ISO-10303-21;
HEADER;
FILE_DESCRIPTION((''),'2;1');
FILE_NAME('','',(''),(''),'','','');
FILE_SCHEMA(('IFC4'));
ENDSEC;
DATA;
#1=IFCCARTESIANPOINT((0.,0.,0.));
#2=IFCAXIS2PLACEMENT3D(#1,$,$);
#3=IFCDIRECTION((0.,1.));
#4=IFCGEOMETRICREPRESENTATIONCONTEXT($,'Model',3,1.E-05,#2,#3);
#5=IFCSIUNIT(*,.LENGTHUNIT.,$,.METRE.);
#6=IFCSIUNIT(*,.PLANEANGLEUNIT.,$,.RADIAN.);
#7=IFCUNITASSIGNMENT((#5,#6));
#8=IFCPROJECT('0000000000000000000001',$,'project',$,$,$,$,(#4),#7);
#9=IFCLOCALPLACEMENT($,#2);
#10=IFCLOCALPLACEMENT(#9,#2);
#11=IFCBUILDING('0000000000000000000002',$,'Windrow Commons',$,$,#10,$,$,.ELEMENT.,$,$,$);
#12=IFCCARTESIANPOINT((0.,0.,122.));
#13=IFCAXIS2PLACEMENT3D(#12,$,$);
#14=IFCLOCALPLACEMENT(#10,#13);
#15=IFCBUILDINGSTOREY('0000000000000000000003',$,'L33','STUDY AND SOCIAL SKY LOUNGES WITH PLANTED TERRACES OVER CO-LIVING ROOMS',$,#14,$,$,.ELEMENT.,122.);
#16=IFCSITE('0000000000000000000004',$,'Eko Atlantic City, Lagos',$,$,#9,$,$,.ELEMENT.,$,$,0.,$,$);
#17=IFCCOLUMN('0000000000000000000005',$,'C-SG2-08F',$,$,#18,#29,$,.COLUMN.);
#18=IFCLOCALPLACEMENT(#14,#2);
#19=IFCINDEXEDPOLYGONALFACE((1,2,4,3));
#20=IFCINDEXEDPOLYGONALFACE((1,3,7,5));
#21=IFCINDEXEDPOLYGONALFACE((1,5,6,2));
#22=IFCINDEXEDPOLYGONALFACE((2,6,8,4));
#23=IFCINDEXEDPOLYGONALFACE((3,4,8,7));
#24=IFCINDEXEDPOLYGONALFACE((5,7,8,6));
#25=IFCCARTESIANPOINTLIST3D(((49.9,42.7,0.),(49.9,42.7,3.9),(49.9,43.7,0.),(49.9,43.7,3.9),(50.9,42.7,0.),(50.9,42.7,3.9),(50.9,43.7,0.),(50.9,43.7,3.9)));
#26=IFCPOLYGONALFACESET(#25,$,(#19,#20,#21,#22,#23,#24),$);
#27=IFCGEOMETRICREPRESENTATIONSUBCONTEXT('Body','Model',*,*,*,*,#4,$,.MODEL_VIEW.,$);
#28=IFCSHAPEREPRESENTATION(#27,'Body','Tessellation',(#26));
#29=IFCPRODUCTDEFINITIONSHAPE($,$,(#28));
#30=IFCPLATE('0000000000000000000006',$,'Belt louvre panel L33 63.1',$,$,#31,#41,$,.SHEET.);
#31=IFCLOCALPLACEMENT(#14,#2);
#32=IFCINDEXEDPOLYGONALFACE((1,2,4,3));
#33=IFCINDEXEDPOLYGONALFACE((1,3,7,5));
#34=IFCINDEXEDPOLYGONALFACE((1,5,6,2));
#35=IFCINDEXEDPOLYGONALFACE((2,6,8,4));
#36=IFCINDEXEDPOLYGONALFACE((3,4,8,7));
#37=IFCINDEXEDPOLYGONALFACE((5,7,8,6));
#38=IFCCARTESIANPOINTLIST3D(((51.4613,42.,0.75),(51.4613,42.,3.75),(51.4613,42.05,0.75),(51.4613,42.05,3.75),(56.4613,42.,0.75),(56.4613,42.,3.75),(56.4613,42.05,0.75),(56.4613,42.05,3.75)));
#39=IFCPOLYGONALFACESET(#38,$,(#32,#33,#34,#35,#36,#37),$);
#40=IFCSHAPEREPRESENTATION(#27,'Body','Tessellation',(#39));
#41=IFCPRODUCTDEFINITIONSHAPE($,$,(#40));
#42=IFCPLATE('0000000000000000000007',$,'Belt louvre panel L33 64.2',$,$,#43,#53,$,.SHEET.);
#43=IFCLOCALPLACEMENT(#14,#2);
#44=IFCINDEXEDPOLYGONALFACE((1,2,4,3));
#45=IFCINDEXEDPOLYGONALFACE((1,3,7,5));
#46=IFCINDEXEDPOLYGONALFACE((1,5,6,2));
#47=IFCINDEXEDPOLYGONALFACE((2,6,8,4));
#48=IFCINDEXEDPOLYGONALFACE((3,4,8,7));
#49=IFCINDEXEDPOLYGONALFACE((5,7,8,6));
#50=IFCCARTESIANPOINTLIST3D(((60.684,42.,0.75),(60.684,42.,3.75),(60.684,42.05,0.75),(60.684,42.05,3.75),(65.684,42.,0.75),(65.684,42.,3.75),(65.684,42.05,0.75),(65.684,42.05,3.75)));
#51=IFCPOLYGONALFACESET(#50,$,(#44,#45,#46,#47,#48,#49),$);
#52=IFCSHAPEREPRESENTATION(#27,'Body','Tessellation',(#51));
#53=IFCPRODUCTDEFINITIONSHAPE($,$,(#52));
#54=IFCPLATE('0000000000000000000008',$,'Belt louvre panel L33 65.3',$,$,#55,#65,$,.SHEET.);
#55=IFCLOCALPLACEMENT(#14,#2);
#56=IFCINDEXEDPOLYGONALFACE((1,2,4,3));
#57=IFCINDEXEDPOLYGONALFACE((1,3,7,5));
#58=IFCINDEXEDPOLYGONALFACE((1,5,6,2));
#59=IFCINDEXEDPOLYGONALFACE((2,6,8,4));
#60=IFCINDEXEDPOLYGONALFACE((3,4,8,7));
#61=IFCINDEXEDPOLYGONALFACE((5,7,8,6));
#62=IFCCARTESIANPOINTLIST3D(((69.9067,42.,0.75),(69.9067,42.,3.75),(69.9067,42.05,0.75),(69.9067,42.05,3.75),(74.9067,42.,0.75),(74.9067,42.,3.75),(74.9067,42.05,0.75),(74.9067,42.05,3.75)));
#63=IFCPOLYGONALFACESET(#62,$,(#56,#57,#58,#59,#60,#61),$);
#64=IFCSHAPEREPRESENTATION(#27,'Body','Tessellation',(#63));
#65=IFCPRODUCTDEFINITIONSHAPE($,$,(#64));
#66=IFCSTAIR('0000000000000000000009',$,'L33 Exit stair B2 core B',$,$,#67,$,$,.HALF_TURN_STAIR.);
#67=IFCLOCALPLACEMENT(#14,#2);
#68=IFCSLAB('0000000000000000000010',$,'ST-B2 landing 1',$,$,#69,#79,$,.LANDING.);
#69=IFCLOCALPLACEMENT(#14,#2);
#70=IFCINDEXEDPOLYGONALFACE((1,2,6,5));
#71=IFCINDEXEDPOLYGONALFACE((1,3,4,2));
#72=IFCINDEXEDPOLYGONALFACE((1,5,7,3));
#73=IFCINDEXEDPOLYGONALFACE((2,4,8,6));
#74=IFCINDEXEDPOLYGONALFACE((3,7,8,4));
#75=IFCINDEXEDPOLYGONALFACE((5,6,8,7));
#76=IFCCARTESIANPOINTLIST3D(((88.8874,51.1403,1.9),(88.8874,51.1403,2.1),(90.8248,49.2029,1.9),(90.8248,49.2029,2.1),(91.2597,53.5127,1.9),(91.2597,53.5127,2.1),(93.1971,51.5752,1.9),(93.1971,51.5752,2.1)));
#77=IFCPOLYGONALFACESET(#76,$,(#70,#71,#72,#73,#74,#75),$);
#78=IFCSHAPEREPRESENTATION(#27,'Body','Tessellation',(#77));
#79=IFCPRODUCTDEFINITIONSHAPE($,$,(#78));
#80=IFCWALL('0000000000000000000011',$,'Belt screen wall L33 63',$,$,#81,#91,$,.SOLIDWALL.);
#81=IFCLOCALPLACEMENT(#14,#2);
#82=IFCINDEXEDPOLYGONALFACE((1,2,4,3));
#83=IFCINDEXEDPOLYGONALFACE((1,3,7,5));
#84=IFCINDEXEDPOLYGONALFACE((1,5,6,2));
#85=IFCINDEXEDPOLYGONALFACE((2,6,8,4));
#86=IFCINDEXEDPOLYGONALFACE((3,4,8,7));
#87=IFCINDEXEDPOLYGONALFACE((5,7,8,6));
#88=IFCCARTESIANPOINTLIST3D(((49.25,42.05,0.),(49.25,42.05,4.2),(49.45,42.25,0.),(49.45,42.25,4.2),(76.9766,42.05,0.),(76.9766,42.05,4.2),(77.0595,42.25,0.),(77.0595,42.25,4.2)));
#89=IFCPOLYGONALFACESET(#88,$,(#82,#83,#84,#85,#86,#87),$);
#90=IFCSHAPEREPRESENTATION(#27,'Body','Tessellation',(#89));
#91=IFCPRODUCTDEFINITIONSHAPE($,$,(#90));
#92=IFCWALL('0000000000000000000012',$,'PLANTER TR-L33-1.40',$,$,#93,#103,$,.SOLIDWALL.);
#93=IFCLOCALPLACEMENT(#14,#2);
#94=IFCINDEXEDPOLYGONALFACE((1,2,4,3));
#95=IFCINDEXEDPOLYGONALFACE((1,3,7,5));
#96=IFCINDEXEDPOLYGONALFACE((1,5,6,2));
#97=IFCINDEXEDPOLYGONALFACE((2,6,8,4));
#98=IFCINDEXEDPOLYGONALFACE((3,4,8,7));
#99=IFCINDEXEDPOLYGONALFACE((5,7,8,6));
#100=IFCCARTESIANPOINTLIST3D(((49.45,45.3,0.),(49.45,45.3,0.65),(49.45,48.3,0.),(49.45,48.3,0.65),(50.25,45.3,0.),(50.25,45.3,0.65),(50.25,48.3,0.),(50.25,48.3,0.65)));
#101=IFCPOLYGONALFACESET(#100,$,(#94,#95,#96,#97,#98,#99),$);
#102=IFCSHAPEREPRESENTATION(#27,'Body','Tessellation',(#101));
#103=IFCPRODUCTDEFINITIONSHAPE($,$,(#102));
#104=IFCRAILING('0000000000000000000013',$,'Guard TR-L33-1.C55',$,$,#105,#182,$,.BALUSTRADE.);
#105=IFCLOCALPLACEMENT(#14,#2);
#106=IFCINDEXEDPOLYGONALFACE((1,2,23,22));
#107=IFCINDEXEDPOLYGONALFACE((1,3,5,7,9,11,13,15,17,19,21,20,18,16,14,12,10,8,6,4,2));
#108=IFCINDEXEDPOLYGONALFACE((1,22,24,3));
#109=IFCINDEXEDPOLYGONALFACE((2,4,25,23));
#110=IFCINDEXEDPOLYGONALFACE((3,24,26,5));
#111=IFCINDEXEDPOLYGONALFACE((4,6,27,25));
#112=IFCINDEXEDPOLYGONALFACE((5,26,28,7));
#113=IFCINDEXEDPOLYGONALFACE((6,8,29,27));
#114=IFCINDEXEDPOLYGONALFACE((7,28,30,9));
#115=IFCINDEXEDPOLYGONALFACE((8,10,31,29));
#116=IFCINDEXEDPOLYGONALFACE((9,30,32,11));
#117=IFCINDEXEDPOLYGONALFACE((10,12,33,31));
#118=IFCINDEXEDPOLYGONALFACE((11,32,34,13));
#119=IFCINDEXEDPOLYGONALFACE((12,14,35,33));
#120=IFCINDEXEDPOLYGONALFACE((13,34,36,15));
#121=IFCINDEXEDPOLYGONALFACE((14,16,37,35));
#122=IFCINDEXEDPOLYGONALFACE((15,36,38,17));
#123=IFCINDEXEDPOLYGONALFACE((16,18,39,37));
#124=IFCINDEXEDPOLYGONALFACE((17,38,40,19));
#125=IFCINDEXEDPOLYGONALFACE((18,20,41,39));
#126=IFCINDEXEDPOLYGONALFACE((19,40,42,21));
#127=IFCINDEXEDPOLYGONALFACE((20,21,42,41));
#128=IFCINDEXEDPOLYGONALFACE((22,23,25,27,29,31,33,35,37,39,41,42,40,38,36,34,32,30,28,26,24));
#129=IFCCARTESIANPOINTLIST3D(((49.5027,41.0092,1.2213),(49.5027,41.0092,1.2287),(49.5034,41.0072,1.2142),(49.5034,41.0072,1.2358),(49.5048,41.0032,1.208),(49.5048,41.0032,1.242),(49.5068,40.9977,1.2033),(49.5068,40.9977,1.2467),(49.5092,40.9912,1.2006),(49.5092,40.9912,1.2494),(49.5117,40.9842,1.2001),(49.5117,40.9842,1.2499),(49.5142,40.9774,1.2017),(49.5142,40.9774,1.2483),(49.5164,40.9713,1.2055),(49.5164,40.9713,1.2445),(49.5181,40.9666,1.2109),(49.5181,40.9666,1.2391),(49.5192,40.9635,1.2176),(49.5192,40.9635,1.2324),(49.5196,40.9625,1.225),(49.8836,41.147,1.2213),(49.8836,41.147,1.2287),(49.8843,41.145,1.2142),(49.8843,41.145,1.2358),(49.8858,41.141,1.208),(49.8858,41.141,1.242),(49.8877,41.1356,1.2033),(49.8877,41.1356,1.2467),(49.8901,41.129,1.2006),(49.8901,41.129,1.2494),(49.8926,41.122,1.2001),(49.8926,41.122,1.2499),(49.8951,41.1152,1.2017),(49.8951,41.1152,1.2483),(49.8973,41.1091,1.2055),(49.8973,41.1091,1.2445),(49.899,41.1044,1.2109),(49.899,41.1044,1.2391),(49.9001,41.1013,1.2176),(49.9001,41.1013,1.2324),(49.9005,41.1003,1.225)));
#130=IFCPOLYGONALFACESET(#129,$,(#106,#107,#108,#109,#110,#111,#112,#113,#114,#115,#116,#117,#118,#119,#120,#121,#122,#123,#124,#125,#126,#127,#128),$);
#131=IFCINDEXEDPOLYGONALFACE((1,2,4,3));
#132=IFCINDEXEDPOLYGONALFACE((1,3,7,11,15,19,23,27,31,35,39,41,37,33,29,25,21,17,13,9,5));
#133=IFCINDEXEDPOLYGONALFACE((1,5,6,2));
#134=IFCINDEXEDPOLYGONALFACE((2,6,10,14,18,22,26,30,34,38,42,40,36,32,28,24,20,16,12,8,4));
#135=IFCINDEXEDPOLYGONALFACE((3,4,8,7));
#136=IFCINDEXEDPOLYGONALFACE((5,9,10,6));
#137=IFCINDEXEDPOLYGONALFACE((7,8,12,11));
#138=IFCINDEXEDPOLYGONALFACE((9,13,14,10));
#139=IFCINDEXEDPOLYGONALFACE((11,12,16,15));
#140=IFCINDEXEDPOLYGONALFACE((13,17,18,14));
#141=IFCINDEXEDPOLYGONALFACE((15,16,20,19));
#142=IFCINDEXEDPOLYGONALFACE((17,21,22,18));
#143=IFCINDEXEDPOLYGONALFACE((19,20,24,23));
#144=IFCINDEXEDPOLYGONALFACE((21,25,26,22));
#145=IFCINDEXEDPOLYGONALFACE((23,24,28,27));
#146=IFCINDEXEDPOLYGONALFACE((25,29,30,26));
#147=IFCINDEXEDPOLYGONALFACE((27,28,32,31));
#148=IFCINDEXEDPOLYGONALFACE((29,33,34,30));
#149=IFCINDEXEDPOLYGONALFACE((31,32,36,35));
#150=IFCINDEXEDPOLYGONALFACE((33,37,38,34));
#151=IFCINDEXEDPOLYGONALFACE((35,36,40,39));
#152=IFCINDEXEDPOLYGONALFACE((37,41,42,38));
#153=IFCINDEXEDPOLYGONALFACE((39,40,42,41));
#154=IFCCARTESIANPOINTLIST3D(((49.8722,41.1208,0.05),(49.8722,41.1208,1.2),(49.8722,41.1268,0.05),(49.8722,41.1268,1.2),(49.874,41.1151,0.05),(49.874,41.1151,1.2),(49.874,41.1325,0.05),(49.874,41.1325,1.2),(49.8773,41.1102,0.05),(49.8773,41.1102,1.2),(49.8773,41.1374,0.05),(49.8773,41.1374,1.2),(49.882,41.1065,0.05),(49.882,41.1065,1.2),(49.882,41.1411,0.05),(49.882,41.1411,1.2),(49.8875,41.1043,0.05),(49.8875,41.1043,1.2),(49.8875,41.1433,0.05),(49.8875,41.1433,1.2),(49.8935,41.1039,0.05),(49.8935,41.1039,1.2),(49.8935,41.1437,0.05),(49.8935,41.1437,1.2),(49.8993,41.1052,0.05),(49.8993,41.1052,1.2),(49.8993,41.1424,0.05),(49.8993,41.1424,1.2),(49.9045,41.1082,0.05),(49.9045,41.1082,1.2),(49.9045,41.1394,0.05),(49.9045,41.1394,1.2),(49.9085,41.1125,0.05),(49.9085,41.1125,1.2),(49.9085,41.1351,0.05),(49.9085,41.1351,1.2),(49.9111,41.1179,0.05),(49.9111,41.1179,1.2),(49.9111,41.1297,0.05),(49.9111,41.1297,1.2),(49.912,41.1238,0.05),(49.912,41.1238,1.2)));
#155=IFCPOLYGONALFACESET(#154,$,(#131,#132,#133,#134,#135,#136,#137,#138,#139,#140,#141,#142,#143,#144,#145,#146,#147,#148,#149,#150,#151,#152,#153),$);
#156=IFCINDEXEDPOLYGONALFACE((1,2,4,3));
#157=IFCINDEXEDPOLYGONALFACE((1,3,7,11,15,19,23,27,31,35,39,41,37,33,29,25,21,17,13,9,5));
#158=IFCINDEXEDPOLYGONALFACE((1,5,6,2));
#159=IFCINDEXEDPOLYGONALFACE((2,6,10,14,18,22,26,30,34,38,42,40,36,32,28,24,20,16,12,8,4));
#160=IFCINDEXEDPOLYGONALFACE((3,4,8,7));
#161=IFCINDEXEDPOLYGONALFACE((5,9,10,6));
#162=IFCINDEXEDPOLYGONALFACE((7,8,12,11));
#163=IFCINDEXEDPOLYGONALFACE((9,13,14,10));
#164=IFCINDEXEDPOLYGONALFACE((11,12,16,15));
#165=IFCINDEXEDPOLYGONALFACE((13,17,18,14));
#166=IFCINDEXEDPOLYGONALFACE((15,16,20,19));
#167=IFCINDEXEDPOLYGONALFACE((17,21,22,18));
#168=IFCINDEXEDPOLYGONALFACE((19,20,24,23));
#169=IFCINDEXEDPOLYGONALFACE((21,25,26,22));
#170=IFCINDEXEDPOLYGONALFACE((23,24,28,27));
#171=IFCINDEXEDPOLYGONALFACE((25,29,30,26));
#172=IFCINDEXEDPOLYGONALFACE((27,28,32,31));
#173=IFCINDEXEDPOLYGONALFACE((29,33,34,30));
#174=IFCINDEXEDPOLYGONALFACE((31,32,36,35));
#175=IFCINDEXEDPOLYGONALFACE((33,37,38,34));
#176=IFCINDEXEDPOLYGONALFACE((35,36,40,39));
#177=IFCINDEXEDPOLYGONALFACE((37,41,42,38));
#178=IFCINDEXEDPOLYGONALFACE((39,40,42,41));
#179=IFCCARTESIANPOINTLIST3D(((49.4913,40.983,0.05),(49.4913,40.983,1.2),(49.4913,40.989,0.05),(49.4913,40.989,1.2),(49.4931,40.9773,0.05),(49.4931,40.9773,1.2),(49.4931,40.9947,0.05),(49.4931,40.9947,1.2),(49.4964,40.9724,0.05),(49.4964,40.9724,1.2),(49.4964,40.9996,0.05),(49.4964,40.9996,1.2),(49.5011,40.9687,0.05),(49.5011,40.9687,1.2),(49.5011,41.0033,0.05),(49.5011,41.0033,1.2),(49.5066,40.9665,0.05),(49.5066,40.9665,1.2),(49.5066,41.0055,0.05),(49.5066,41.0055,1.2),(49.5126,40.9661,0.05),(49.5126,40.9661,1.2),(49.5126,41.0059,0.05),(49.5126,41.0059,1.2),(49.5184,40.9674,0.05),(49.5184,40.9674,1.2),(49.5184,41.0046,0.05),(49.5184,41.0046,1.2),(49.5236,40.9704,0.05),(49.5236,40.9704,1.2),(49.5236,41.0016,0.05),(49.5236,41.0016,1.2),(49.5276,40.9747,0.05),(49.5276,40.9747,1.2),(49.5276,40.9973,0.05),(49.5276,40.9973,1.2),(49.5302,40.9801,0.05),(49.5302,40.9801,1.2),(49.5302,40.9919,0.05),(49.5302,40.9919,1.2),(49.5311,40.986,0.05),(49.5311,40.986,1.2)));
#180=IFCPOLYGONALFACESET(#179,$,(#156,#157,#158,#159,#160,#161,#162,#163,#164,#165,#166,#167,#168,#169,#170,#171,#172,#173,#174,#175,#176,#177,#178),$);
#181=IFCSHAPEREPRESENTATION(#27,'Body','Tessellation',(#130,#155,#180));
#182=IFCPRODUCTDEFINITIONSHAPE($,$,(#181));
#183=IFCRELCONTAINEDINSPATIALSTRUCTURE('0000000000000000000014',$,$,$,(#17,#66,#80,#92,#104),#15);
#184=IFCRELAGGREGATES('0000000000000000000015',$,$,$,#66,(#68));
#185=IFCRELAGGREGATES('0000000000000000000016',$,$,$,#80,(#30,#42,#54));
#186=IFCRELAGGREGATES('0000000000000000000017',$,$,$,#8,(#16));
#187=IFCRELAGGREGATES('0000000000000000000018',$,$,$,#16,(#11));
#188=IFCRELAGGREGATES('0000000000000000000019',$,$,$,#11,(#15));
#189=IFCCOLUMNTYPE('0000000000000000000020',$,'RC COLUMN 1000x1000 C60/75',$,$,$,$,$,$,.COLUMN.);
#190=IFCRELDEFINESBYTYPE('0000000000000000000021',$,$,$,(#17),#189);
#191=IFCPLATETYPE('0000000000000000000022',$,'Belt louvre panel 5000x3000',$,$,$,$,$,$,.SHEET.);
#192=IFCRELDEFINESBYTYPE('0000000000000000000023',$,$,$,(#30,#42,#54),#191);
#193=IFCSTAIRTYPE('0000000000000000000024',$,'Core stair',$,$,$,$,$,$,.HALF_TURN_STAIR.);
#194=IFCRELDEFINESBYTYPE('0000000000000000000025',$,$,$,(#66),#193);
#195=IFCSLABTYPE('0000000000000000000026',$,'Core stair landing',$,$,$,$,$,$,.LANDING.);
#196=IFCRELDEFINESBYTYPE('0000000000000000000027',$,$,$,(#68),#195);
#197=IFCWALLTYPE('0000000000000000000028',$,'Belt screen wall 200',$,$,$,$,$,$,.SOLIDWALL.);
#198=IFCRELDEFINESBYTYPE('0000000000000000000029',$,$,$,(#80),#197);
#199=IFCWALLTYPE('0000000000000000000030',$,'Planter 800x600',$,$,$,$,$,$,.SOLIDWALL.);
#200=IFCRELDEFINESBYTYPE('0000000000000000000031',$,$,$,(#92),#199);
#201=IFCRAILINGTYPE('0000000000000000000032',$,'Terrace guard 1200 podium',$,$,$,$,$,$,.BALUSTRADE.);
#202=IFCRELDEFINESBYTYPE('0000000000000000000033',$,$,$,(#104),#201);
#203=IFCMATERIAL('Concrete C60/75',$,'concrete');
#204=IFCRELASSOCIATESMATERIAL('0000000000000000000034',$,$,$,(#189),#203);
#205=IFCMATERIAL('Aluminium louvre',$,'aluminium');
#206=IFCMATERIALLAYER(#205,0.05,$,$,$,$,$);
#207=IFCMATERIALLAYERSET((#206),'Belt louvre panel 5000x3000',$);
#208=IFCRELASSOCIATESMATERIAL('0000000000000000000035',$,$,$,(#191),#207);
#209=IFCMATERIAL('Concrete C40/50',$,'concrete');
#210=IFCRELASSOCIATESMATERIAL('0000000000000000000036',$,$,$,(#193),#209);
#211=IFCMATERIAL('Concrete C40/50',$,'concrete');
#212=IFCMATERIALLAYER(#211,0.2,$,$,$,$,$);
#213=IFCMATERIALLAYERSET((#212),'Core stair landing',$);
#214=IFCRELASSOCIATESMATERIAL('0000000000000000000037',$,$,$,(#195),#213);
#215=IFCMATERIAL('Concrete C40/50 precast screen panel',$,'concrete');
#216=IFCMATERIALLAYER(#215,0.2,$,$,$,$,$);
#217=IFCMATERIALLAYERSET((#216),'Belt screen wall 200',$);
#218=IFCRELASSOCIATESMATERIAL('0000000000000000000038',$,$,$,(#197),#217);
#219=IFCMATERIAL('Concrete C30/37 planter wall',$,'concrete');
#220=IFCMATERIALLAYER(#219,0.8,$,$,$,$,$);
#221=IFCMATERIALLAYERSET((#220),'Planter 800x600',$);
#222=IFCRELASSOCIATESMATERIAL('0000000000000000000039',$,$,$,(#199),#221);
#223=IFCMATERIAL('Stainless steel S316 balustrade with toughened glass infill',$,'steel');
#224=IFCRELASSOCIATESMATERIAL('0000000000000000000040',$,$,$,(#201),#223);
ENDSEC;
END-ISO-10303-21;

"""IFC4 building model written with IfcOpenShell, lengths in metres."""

from ifc_helpers import new_model, si_unit, direction, frame, frame_2d, origin, origin_2d, place, context, subcontext, project, spatial, polyline, rectangle, circle, outline, extrude, material, layer, layer_set, material_profile, profile_set, type_object, element, aggregate, save


model = new_model("IFC4")

# Units and contexts
model_context = context("Model", 3, precision=1e-05, world=origin(), true_north=direction((0.0, 1.0)))
body_context = subcontext(model_context, "Body", "Model", "MODEL_VIEW")
ifc_project = project(units=[si_unit("LENGTHUNIT", "METRE"), si_unit("PLANEANGLEUNIT", "RADIAN")], contexts=[model_context])

# Site, building, storey
site_placement = place(None, origin())
site = spatial("IfcSite", under=ifc_project, at=site_placement, Name="Eko Atlantic City, Lagos", CompositionType="ELEMENT", RefElevation=0.0)
building_placement = place(site_placement, origin())
building = spatial("IfcBuilding", under=site, at=building_placement, Name="Windrow Commons", CompositionType="ELEMENT")
storey_placement = place(building_placement, frame((0.0, 0.0, 122.0)))
storey = spatial("IfcBuildingStorey", under=building, at=storey_placement, Name="L33", Description="STUDY AND SOCIAL SKY LOUNGES WITH PLANTED TERRACES OVER CO-LIVING ROOMS", CompositionType="ELEMENT", Elevation=122.0)

# Column
ifc_material_1 = material(Name="Concrete C60/75", Category="concrete")
ifc_material_profile = material_profile(ifc_material_1, rectangle(XDim=1.0, YDim=1.0, at=origin_2d()))
ifc_profile_set = profile_set([ifc_material_profile], Name="Concrete C60/75")
column_type = type_object("IfcColumnType", Name="RC COLUMN 1000x1000 C60/75", PredefinedType="COLUMN", material=ifc_profile_set)
column_placement = place(storey_placement, frame((50.4, 43.2, 0.0), z_axis=(0.0, 0.0, 1.0), x_axis=(1.0, 0.0, 0.0)))
element("IfcColumn", 1, at=column_placement, inside=storey, type_object=column_type, Name="C-SG2-08F", PredefinedType="COLUMN", context=body_context, shape_type="SweptSolid", body=[
    extrude(rectangle(XDim=1.0, YDim=1.0, at=origin_2d()), origin(), (0.0, 0.0, 1.0), 3.9),
])

# Plates
ifc_material_2 = material(Name="Aluminium louvre", Category="aluminium")
ifc_layer_1 = layer(ifc_material_2, 0.05)
ifc_layer_set_1 = layer_set([ifc_layer_1], Name="Belt louvre panel 5000x3000")
plate_type = type_object("IfcPlateType", Name="Belt louvre panel 5000x3000", PredefinedType="SHEET", material=ifc_layer_set_1)
plate_1_placement = place(storey_placement, frame((51.4613, 42.0, 0.75), z_axis=(0.0, -1.0, 0.0), x_axis=(1.0, 0.0, 0.0)))
plate_1 = element("IfcPlate", 2, at=plate_1_placement, type_object=plate_type, Name="Belt louvre panel L33 63.1", PredefinedType="SHEET", context=body_context, shape_type="SweptSolid", body=[
    extrude(outline(polyline([(0.0, 0.0), (5.0, 0.0), (5.0, 3.0), (0.0, 3.0), (0.0, 0.0)])), origin(), (0.0, 0.0, -1.0), 0.05),
])
plate_2_placement = place(storey_placement, frame((60.684, 42.0, 0.75), z_axis=(0.0, -1.0, 0.0), x_axis=(1.0, 0.0, 0.0)))
plate_2 = element("IfcPlate", 3, at=plate_2_placement, type_object=plate_type, Name="Belt louvre panel L33 64.2", PredefinedType="SHEET", context=body_context, shape_type="SweptSolid", body=[
    extrude(outline(polyline([(0.0, 0.0), (5.0, 0.0), (5.0, 3.0), (0.0, 3.0), (0.0, 0.0)])), origin(), (0.0, 0.0, -1.0), 0.05),
])
plate_3_placement = place(storey_placement, frame((69.9067, 42.0, 0.75), z_axis=(0.0, -1.0, 0.0), x_axis=(1.0, 0.0, 0.0)))
plate_3 = element("IfcPlate", 4, at=plate_3_placement, type_object=plate_type, Name="Belt louvre panel L33 65.3", PredefinedType="SHEET", context=body_context, shape_type="SweptSolid", body=[
    extrude(outline(polyline([(0.0, 0.0), (5.0, 0.0), (5.0, 3.0), (0.0, 3.0), (0.0, 0.0)])), origin(), (0.0, 0.0, -1.0), 0.05),
])

# Stair, slab
ifc_material_3 = material(Name="Concrete C40/50", Category="concrete")
stair_type = type_object("IfcStairType", Name="Core stair", PredefinedType="HALF_TURN_STAIR", material=ifc_material_3)
stair_placement = place(storey_placement, origin())
stair = element("IfcStair", 5, at=stair_placement, inside=storey, type_object=stair_type, Name="L33 Exit stair B2 core B", PredefinedType="HALF_TURN_STAIR")
ifc_material_4 = material(Name="Concrete C40/50", Category="concrete")
ifc_layer_2 = layer(ifc_material_4, 0.2)
ifc_layer_set_2 = layer_set([ifc_layer_2], Name="Core stair landing")
slab_type = type_object("IfcSlabType", Name="Core stair landing", PredefinedType="LANDING", material=ifc_layer_set_2)
slab_placement = place(storey_placement, frame((0.0, 0.0, 1.9)))
slab = element("IfcSlab", 6, at=slab_placement, type_object=slab_type, Name="ST-B2 landing 1", PredefinedType="LANDING", context=body_context, shape_type="SweptSolid", body=[
    extrude(outline(polyline([(88.8874, 51.1403), (90.8248, 49.2029), (93.1971, 51.5752), (91.2597, 53.5127), (88.8874, 51.1403)])), origin(), (0.0, 0.0, 1.0), 0.2),
])
aggregate(stair, [slab])

# Walls
ifc_material_5 = material(Name="Concrete C40/50 precast screen panel", Category="concrete")
ifc_layer_3 = layer(ifc_material_5, 0.2)
ifc_layer_set_3 = layer_set([ifc_layer_3], Name="Belt screen wall 200")
wall_type_1 = type_object("IfcWallType", Name="Belt screen wall 200", PredefinedType="SOLIDWALL", material=ifc_layer_set_3)
wall_1_placement = place(storey_placement, frame((49.35, 42.15, 0.0), z_axis=(0.0, 0.0, 1.0), x_axis=(1.0, 0.0, 0.0)))
wall_1 = element("IfcWall", 7, at=wall_1_placement, inside=storey, type_object=wall_type_1, Name="Belt screen wall L33 63", PredefinedType="SOLIDWALL", context=body_context, shape_type="SweptSolid", body=[
    extrude(outline(polyline([(-0.1, -0.1), (27.6266, -0.1), (27.7095, 0.1), (0.1, 0.1), (-0.1, -0.1)])), origin(), (0.0, 0.0, 1.0), 4.2),
])
aggregate(wall_1, [plate_1, plate_2, plate_3])
ifc_material_6 = material(Name="Concrete C30/37 planter wall", Category="concrete")
ifc_layer_4 = layer(ifc_material_6, 0.8)
ifc_layer_set_4 = layer_set([ifc_layer_4], Name="Planter 800x600")
wall_type_2 = type_object("IfcWallType", Name="Planter 800x600", PredefinedType="SOLIDWALL", material=ifc_layer_set_4)
wall_2_placement = place(storey_placement, frame((49.85, 48.3, 0.0), z_axis=(0.0, 0.0, 1.0), x_axis=(0.0, -1.0, 0.0)))
element("IfcWall", 8, at=wall_2_placement, inside=storey, type_object=wall_type_2, Name="PLANTER TR-L33-1.40", PredefinedType="SOLIDWALL", context=body_context, shape_type="SweptSolid", body=[
    extrude(rectangle(XDim=3.0, YDim=0.8, at=frame_2d((1.5, 0.0))), origin(), (0.0, 0.0, 1.0), 0.65),
])

# Railing
ifc_material_7 = material(Name="Stainless steel S316 balustrade with toughened glass infill", Category="steel")
railing_type = type_object("IfcRailingType", Name="Terrace guard 1200 podium", PredefinedType="BALUSTRADE", material=ifc_material_7)
railing_1_placement = place(storey_placement, frame((49.892, 41.1238, 0.05)))
element("IfcRailing", 9, at=railing_1_placement, inside=storey, type_object=railing_type, Name="Guard TR-L33-1.C55", PredefinedType="BALUSTRADE", context=body_context, shape_type="SweptSolid", body=[
    extrude(circle(Radius=0.025, at=origin_2d()), frame((0.0, 0.0, 1.175), z_axis=(-0.940354, -0.340196, 0.0), x_axis=(0.340196, -0.940354, 0.0)), (0.0, 0.0, 1.0), 0.4051),
    extrude(circle(Radius=0.02, at=origin_2d()), origin(), (0.0, 0.0, 1.0), 1.15),
    extrude(circle(Radius=0.02, at=origin_2d()), frame((-0.3809, -0.1378, 0.0)), (0.0, 0.0, 1.0), 1.15),
])

save(model, "model.ifc")
